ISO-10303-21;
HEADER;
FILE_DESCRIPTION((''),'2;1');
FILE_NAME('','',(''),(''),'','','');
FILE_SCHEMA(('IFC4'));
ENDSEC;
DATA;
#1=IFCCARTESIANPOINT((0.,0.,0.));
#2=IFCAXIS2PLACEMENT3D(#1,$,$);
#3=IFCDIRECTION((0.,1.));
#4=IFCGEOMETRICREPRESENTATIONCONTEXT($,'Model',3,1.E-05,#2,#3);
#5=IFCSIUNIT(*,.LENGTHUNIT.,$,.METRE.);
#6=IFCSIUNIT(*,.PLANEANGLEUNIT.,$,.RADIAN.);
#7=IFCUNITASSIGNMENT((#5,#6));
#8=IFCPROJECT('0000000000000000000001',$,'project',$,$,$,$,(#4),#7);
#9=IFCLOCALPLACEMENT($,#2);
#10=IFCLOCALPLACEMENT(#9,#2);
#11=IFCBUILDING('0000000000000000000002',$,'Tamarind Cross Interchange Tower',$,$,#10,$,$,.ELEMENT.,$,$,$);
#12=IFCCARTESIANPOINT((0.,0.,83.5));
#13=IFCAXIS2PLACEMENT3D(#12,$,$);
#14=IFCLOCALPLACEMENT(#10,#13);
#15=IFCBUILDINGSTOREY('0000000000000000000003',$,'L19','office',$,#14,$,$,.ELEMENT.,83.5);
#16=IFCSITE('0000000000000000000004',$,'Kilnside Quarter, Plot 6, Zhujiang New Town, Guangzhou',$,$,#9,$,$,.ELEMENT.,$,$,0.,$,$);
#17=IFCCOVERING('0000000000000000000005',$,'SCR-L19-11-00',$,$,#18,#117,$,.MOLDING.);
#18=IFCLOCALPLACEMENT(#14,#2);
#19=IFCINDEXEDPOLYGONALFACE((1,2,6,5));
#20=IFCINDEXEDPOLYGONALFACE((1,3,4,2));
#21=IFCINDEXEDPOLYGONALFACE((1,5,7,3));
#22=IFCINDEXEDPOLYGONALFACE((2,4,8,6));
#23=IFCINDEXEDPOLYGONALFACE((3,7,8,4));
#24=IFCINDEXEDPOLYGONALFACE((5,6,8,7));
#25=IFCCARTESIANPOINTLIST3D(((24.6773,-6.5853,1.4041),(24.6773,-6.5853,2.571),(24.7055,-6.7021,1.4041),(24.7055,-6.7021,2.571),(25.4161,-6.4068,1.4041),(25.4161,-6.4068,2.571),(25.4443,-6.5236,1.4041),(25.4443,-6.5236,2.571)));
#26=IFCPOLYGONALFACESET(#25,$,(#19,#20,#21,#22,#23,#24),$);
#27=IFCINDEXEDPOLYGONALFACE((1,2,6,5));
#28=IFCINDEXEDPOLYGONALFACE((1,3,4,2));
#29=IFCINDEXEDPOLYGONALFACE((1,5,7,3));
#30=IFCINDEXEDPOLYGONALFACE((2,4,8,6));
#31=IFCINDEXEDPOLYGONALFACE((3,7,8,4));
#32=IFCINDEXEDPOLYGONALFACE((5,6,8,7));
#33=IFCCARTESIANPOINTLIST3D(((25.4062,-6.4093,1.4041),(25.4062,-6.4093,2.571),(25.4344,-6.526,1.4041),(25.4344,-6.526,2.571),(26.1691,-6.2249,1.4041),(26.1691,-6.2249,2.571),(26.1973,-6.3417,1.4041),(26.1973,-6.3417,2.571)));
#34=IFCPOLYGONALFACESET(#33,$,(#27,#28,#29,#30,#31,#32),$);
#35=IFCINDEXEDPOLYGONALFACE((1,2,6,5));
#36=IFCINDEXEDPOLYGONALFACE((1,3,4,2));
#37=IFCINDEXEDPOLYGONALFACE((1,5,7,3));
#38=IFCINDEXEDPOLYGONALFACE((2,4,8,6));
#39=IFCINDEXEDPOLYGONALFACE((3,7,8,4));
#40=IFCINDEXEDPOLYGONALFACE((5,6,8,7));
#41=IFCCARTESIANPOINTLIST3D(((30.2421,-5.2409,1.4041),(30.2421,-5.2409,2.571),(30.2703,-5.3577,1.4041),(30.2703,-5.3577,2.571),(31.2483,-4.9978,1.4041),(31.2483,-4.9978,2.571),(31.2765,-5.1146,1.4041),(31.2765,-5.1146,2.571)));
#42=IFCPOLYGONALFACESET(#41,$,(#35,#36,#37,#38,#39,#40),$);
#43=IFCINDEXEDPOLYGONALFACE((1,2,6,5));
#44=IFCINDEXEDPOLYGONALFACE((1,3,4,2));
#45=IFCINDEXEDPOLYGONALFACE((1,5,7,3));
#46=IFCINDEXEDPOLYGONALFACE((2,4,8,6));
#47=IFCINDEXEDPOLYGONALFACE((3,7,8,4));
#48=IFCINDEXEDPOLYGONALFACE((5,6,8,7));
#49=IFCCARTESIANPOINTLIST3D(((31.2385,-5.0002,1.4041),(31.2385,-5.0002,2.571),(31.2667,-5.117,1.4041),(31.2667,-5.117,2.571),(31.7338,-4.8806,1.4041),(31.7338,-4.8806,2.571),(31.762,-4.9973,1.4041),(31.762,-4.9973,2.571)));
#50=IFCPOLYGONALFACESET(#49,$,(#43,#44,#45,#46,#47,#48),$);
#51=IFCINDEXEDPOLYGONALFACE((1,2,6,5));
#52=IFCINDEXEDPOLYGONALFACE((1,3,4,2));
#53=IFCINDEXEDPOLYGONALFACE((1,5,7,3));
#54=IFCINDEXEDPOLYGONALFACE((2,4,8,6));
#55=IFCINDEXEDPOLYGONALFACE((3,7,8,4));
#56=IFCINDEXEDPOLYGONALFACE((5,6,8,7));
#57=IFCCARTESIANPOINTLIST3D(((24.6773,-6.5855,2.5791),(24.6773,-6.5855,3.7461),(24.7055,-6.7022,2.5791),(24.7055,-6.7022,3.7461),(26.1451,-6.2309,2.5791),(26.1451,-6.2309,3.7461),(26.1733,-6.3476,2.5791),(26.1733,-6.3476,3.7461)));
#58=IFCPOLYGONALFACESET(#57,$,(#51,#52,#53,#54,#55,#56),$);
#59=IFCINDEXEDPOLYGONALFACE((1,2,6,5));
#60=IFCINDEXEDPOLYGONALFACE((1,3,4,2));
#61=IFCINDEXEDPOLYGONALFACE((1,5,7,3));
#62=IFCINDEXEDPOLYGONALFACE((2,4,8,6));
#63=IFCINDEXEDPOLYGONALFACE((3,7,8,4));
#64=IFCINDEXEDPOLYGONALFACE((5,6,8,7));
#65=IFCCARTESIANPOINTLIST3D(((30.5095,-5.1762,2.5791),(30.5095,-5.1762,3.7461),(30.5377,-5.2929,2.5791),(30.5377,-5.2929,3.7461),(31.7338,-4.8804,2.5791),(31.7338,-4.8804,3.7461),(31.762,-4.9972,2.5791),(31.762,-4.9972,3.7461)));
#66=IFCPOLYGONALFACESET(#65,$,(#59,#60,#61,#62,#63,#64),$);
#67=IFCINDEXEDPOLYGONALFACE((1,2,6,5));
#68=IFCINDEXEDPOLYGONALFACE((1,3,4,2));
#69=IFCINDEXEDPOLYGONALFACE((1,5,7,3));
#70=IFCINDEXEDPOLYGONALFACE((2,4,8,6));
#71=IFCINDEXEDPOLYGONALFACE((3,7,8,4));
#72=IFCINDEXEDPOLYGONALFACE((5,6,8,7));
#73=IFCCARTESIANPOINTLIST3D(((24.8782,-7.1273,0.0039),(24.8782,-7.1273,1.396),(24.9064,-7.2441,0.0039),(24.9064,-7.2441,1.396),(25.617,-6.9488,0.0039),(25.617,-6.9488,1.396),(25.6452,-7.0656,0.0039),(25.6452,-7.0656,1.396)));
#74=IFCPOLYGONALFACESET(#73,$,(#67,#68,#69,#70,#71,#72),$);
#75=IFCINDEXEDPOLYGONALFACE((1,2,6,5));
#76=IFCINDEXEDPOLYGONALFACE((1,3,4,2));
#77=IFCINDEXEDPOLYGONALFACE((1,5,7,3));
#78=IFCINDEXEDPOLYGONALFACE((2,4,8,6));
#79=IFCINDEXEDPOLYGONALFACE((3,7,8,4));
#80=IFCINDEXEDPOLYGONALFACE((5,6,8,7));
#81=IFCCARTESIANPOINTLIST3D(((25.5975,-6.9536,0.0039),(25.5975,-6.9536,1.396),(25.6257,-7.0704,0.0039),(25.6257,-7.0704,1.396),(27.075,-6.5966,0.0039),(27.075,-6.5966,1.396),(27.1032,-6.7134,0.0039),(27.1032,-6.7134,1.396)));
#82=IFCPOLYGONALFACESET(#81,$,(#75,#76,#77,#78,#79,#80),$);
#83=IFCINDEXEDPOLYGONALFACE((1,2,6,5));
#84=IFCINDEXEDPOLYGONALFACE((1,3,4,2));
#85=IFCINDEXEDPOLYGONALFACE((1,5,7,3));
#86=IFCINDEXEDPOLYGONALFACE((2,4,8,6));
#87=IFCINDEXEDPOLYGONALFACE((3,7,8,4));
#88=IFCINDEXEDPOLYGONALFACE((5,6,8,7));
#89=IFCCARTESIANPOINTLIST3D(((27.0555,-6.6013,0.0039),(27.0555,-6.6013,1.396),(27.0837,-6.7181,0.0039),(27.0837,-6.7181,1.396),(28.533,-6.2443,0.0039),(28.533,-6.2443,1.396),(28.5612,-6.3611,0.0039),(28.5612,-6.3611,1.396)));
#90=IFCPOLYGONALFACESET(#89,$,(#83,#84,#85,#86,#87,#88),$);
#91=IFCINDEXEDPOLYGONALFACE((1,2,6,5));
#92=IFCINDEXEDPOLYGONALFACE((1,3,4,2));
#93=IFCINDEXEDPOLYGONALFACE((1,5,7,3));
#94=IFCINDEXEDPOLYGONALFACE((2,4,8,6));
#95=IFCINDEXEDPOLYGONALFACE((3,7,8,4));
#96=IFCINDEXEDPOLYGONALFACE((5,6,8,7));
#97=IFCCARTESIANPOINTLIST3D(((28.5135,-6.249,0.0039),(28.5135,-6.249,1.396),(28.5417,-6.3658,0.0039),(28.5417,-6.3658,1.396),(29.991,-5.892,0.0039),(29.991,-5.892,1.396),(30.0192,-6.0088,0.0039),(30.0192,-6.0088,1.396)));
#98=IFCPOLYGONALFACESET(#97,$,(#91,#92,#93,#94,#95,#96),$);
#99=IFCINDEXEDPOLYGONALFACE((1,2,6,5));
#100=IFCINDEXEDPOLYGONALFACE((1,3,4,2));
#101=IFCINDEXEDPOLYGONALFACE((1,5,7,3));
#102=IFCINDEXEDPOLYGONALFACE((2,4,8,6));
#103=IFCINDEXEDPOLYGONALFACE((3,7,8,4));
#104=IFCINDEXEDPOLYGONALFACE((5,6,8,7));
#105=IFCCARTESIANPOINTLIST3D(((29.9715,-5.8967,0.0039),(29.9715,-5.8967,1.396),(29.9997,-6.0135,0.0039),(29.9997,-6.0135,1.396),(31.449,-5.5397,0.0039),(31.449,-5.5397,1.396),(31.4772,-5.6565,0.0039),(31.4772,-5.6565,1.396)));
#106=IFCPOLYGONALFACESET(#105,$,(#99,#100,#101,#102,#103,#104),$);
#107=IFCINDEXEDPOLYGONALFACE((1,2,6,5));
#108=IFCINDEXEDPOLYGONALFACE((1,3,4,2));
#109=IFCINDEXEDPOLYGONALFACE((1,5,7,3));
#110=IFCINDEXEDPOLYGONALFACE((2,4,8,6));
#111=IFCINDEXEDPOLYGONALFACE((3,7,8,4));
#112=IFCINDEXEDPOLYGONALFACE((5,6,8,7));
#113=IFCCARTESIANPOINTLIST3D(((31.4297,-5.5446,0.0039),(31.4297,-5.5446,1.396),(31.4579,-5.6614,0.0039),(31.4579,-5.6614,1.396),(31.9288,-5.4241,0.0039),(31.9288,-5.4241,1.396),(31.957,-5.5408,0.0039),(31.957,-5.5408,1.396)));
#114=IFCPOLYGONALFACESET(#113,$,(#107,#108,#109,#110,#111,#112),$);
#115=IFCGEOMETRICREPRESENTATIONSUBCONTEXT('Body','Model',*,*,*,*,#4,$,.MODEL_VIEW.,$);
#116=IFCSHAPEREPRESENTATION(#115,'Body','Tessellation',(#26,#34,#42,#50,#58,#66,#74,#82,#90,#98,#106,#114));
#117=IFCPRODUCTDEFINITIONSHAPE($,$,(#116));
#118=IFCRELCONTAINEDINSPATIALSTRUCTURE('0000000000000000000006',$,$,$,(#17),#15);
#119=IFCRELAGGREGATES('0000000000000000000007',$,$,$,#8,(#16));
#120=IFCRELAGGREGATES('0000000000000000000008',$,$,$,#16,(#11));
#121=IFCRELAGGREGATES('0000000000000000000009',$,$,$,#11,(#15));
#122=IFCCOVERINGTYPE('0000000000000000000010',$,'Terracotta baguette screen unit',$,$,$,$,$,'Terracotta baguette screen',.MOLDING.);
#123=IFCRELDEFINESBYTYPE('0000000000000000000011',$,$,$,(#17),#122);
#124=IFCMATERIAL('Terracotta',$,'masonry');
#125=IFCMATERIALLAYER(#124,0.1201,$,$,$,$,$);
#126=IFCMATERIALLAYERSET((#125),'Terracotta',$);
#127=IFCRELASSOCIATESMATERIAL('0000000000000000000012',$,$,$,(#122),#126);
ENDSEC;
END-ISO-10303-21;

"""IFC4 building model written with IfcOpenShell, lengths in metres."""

from ifc_helpers import new_model, si_unit, direction, frame, origin, origin_2d, place, context, subcontext, project, spatial, rectangle, extrude, material, layer, layer_set, type_object, element, save


model = new_model("IFC4")

# Units and contexts
model_context = context("Model", 3, precision=1e-05, world=origin(), true_north=direction((0.0, 1.0)))
body_context = subcontext(model_context, "Body", "Model", "MODEL_VIEW")
ifc_project = project(units=[si_unit("LENGTHUNIT", "METRE"), si_unit("PLANEANGLEUNIT", "RADIAN")], contexts=[model_context])

# Site, building, storey
site_placement = place(None, origin())
site = spatial("IfcSite", under=ifc_project, at=site_placement, Name="Kilnside Quarter, Plot 6, Zhujiang New Town, Guangzhou", CompositionType="ELEMENT", RefElevation=0.0)
building_placement = place(site_placement, origin())
building = spatial("IfcBuilding", under=site, at=building_placement, Name="Tamarind Cross Interchange Tower", CompositionType="ELEMENT")
storey_placement = place(building_placement, frame((0.0, 0.0, 83.5)))
storey = spatial("IfcBuildingStorey", under=building, at=storey_placement, Name="L19", Description="office", CompositionType="ELEMENT", Elevation=83.5)

# Covering
ifc_material_1 = material(Name="Terracotta", Category="masonry")
ifc_layer_1 = layer(ifc_material_1, 0.1201)
ifc_layer_set_1 = layer_set([ifc_layer_1], Name="Terracotta")
covering_type = type_object("IfcCoveringType", Name="Terracotta baguette screen unit", ElementType="Terracotta baguette screen", PredefinedType="MOLDING", material=ifc_layer_set_1)
covering_1_placement = place(storey_placement, origin())
element("IfcCovering", 1, at=covering_1_placement, inside=storey, type_object=covering_type, Name="SCR-L19-11-00", PredefinedType="MOLDING", context=body_context, shape_type="SweptSolid", body=[
    extrude(rectangle(XDim=0.76, YDim=0.1201, at=origin_2d()), frame((25.0608, -6.5544, 1.4041), z_axis=(0.0, 0.0, 1.0), x_axis=(0.972033, 0.234844, 0.0)), (0.0, 0.0, 1.0), 1.167),
    extrude(rectangle(XDim=0.7849, YDim=0.1201, at=origin_2d()), frame((25.8018, -6.3755, 1.4041), z_axis=(0.0, 0.0, 1.0), x_axis=(0.972033, 0.234844, 0.0)), (0.0, 0.0, 1.0), 1.167),
    extrude(rectangle(XDim=1.0352, YDim=0.1201, at=origin_2d()), frame((30.7593, -5.1777, 1.4041), z_axis=(0.0, 0.0, 1.0), x_axis=(0.972033, 0.234844, 0.0)), (0.0, 0.0, 1.0), 1.167),
    extrude(rectangle(XDim=0.5095, YDim=0.1201, at=origin_2d()), frame((31.5002, -4.9988, 1.4041), z_axis=(0.0, 0.0, 1.0), x_axis=(0.972033, 0.234844, 0.0)), (0.0, 0.0, 1.0), 1.167),
    extrude(rectangle(XDim=1.51, YDim=0.1201, at=origin_2d()), frame((25.4253, -6.4666, 2.5791), z_axis=(0.0, 0.0, 1.0), x_axis=(0.972033, 0.234844, 0.0)), (0.0, 0.0, 1.0), 1.167),
    extrude(rectangle(XDim=1.2595, YDim=0.1201, at=origin_2d()), frame((31.1357, -5.0867, 2.5791), z_axis=(0.0, 0.0, 1.0), x_axis=(0.972033, 0.234844, 0.0)), (0.0, 0.0, 1.0), 1.167),
    extrude(rectangle(XDim=0.76, YDim=0.1201, at=origin_2d()), frame((25.2617, -7.0964, 0.0039), z_axis=(0.0, 0.0, 1.0), x_axis=(0.972033, 0.234844, 0.0)), (0.0, 0.0, 1.0), 1.3921),
    extrude(rectangle(XDim=1.52, YDim=0.1201, at=origin_2d()), frame((26.3503, -6.8335, 0.0039), z_axis=(0.0, 0.0, 1.0), x_axis=(0.972033, 0.234844, 0.0)), (0.0, 0.0, 1.0), 1.3921),
    extrude(rectangle(XDim=1.52, YDim=0.1201, at=origin_2d()), frame((27.8083, -6.4812, 0.0039), z_axis=(0.0, 0.0, 1.0), x_axis=(0.972033, 0.234844, 0.0)), (0.0, 0.0, 1.0), 1.3921),
    extrude(rectangle(XDim=1.52, YDim=0.1201, at=origin_2d()), frame((29.2664, -6.1289, 0.0039), z_axis=(0.0, 0.0, 1.0), x_axis=(0.972033, 0.234844, 0.0)), (0.0, 0.0, 1.0), 1.3921),
    extrude(rectangle(XDim=1.52, YDim=0.1201, at=origin_2d()), frame((30.7244, -5.7766, 0.0039), z_axis=(0.0, 0.0, 1.0), x_axis=(0.972033, 0.234844, 0.0)), (0.0, 0.0, 1.0), 1.3921),
    extrude(rectangle(XDim=0.5134, YDim=0.1201, at=origin_2d()), frame((31.6934, -5.5427, 0.0039), z_axis=(0.0, 0.0, 1.0), x_axis=(0.972033, 0.234844, 0.0)), (0.0, 0.0, 1.0), 1.3921),
])

save(model, "model.ifc")
